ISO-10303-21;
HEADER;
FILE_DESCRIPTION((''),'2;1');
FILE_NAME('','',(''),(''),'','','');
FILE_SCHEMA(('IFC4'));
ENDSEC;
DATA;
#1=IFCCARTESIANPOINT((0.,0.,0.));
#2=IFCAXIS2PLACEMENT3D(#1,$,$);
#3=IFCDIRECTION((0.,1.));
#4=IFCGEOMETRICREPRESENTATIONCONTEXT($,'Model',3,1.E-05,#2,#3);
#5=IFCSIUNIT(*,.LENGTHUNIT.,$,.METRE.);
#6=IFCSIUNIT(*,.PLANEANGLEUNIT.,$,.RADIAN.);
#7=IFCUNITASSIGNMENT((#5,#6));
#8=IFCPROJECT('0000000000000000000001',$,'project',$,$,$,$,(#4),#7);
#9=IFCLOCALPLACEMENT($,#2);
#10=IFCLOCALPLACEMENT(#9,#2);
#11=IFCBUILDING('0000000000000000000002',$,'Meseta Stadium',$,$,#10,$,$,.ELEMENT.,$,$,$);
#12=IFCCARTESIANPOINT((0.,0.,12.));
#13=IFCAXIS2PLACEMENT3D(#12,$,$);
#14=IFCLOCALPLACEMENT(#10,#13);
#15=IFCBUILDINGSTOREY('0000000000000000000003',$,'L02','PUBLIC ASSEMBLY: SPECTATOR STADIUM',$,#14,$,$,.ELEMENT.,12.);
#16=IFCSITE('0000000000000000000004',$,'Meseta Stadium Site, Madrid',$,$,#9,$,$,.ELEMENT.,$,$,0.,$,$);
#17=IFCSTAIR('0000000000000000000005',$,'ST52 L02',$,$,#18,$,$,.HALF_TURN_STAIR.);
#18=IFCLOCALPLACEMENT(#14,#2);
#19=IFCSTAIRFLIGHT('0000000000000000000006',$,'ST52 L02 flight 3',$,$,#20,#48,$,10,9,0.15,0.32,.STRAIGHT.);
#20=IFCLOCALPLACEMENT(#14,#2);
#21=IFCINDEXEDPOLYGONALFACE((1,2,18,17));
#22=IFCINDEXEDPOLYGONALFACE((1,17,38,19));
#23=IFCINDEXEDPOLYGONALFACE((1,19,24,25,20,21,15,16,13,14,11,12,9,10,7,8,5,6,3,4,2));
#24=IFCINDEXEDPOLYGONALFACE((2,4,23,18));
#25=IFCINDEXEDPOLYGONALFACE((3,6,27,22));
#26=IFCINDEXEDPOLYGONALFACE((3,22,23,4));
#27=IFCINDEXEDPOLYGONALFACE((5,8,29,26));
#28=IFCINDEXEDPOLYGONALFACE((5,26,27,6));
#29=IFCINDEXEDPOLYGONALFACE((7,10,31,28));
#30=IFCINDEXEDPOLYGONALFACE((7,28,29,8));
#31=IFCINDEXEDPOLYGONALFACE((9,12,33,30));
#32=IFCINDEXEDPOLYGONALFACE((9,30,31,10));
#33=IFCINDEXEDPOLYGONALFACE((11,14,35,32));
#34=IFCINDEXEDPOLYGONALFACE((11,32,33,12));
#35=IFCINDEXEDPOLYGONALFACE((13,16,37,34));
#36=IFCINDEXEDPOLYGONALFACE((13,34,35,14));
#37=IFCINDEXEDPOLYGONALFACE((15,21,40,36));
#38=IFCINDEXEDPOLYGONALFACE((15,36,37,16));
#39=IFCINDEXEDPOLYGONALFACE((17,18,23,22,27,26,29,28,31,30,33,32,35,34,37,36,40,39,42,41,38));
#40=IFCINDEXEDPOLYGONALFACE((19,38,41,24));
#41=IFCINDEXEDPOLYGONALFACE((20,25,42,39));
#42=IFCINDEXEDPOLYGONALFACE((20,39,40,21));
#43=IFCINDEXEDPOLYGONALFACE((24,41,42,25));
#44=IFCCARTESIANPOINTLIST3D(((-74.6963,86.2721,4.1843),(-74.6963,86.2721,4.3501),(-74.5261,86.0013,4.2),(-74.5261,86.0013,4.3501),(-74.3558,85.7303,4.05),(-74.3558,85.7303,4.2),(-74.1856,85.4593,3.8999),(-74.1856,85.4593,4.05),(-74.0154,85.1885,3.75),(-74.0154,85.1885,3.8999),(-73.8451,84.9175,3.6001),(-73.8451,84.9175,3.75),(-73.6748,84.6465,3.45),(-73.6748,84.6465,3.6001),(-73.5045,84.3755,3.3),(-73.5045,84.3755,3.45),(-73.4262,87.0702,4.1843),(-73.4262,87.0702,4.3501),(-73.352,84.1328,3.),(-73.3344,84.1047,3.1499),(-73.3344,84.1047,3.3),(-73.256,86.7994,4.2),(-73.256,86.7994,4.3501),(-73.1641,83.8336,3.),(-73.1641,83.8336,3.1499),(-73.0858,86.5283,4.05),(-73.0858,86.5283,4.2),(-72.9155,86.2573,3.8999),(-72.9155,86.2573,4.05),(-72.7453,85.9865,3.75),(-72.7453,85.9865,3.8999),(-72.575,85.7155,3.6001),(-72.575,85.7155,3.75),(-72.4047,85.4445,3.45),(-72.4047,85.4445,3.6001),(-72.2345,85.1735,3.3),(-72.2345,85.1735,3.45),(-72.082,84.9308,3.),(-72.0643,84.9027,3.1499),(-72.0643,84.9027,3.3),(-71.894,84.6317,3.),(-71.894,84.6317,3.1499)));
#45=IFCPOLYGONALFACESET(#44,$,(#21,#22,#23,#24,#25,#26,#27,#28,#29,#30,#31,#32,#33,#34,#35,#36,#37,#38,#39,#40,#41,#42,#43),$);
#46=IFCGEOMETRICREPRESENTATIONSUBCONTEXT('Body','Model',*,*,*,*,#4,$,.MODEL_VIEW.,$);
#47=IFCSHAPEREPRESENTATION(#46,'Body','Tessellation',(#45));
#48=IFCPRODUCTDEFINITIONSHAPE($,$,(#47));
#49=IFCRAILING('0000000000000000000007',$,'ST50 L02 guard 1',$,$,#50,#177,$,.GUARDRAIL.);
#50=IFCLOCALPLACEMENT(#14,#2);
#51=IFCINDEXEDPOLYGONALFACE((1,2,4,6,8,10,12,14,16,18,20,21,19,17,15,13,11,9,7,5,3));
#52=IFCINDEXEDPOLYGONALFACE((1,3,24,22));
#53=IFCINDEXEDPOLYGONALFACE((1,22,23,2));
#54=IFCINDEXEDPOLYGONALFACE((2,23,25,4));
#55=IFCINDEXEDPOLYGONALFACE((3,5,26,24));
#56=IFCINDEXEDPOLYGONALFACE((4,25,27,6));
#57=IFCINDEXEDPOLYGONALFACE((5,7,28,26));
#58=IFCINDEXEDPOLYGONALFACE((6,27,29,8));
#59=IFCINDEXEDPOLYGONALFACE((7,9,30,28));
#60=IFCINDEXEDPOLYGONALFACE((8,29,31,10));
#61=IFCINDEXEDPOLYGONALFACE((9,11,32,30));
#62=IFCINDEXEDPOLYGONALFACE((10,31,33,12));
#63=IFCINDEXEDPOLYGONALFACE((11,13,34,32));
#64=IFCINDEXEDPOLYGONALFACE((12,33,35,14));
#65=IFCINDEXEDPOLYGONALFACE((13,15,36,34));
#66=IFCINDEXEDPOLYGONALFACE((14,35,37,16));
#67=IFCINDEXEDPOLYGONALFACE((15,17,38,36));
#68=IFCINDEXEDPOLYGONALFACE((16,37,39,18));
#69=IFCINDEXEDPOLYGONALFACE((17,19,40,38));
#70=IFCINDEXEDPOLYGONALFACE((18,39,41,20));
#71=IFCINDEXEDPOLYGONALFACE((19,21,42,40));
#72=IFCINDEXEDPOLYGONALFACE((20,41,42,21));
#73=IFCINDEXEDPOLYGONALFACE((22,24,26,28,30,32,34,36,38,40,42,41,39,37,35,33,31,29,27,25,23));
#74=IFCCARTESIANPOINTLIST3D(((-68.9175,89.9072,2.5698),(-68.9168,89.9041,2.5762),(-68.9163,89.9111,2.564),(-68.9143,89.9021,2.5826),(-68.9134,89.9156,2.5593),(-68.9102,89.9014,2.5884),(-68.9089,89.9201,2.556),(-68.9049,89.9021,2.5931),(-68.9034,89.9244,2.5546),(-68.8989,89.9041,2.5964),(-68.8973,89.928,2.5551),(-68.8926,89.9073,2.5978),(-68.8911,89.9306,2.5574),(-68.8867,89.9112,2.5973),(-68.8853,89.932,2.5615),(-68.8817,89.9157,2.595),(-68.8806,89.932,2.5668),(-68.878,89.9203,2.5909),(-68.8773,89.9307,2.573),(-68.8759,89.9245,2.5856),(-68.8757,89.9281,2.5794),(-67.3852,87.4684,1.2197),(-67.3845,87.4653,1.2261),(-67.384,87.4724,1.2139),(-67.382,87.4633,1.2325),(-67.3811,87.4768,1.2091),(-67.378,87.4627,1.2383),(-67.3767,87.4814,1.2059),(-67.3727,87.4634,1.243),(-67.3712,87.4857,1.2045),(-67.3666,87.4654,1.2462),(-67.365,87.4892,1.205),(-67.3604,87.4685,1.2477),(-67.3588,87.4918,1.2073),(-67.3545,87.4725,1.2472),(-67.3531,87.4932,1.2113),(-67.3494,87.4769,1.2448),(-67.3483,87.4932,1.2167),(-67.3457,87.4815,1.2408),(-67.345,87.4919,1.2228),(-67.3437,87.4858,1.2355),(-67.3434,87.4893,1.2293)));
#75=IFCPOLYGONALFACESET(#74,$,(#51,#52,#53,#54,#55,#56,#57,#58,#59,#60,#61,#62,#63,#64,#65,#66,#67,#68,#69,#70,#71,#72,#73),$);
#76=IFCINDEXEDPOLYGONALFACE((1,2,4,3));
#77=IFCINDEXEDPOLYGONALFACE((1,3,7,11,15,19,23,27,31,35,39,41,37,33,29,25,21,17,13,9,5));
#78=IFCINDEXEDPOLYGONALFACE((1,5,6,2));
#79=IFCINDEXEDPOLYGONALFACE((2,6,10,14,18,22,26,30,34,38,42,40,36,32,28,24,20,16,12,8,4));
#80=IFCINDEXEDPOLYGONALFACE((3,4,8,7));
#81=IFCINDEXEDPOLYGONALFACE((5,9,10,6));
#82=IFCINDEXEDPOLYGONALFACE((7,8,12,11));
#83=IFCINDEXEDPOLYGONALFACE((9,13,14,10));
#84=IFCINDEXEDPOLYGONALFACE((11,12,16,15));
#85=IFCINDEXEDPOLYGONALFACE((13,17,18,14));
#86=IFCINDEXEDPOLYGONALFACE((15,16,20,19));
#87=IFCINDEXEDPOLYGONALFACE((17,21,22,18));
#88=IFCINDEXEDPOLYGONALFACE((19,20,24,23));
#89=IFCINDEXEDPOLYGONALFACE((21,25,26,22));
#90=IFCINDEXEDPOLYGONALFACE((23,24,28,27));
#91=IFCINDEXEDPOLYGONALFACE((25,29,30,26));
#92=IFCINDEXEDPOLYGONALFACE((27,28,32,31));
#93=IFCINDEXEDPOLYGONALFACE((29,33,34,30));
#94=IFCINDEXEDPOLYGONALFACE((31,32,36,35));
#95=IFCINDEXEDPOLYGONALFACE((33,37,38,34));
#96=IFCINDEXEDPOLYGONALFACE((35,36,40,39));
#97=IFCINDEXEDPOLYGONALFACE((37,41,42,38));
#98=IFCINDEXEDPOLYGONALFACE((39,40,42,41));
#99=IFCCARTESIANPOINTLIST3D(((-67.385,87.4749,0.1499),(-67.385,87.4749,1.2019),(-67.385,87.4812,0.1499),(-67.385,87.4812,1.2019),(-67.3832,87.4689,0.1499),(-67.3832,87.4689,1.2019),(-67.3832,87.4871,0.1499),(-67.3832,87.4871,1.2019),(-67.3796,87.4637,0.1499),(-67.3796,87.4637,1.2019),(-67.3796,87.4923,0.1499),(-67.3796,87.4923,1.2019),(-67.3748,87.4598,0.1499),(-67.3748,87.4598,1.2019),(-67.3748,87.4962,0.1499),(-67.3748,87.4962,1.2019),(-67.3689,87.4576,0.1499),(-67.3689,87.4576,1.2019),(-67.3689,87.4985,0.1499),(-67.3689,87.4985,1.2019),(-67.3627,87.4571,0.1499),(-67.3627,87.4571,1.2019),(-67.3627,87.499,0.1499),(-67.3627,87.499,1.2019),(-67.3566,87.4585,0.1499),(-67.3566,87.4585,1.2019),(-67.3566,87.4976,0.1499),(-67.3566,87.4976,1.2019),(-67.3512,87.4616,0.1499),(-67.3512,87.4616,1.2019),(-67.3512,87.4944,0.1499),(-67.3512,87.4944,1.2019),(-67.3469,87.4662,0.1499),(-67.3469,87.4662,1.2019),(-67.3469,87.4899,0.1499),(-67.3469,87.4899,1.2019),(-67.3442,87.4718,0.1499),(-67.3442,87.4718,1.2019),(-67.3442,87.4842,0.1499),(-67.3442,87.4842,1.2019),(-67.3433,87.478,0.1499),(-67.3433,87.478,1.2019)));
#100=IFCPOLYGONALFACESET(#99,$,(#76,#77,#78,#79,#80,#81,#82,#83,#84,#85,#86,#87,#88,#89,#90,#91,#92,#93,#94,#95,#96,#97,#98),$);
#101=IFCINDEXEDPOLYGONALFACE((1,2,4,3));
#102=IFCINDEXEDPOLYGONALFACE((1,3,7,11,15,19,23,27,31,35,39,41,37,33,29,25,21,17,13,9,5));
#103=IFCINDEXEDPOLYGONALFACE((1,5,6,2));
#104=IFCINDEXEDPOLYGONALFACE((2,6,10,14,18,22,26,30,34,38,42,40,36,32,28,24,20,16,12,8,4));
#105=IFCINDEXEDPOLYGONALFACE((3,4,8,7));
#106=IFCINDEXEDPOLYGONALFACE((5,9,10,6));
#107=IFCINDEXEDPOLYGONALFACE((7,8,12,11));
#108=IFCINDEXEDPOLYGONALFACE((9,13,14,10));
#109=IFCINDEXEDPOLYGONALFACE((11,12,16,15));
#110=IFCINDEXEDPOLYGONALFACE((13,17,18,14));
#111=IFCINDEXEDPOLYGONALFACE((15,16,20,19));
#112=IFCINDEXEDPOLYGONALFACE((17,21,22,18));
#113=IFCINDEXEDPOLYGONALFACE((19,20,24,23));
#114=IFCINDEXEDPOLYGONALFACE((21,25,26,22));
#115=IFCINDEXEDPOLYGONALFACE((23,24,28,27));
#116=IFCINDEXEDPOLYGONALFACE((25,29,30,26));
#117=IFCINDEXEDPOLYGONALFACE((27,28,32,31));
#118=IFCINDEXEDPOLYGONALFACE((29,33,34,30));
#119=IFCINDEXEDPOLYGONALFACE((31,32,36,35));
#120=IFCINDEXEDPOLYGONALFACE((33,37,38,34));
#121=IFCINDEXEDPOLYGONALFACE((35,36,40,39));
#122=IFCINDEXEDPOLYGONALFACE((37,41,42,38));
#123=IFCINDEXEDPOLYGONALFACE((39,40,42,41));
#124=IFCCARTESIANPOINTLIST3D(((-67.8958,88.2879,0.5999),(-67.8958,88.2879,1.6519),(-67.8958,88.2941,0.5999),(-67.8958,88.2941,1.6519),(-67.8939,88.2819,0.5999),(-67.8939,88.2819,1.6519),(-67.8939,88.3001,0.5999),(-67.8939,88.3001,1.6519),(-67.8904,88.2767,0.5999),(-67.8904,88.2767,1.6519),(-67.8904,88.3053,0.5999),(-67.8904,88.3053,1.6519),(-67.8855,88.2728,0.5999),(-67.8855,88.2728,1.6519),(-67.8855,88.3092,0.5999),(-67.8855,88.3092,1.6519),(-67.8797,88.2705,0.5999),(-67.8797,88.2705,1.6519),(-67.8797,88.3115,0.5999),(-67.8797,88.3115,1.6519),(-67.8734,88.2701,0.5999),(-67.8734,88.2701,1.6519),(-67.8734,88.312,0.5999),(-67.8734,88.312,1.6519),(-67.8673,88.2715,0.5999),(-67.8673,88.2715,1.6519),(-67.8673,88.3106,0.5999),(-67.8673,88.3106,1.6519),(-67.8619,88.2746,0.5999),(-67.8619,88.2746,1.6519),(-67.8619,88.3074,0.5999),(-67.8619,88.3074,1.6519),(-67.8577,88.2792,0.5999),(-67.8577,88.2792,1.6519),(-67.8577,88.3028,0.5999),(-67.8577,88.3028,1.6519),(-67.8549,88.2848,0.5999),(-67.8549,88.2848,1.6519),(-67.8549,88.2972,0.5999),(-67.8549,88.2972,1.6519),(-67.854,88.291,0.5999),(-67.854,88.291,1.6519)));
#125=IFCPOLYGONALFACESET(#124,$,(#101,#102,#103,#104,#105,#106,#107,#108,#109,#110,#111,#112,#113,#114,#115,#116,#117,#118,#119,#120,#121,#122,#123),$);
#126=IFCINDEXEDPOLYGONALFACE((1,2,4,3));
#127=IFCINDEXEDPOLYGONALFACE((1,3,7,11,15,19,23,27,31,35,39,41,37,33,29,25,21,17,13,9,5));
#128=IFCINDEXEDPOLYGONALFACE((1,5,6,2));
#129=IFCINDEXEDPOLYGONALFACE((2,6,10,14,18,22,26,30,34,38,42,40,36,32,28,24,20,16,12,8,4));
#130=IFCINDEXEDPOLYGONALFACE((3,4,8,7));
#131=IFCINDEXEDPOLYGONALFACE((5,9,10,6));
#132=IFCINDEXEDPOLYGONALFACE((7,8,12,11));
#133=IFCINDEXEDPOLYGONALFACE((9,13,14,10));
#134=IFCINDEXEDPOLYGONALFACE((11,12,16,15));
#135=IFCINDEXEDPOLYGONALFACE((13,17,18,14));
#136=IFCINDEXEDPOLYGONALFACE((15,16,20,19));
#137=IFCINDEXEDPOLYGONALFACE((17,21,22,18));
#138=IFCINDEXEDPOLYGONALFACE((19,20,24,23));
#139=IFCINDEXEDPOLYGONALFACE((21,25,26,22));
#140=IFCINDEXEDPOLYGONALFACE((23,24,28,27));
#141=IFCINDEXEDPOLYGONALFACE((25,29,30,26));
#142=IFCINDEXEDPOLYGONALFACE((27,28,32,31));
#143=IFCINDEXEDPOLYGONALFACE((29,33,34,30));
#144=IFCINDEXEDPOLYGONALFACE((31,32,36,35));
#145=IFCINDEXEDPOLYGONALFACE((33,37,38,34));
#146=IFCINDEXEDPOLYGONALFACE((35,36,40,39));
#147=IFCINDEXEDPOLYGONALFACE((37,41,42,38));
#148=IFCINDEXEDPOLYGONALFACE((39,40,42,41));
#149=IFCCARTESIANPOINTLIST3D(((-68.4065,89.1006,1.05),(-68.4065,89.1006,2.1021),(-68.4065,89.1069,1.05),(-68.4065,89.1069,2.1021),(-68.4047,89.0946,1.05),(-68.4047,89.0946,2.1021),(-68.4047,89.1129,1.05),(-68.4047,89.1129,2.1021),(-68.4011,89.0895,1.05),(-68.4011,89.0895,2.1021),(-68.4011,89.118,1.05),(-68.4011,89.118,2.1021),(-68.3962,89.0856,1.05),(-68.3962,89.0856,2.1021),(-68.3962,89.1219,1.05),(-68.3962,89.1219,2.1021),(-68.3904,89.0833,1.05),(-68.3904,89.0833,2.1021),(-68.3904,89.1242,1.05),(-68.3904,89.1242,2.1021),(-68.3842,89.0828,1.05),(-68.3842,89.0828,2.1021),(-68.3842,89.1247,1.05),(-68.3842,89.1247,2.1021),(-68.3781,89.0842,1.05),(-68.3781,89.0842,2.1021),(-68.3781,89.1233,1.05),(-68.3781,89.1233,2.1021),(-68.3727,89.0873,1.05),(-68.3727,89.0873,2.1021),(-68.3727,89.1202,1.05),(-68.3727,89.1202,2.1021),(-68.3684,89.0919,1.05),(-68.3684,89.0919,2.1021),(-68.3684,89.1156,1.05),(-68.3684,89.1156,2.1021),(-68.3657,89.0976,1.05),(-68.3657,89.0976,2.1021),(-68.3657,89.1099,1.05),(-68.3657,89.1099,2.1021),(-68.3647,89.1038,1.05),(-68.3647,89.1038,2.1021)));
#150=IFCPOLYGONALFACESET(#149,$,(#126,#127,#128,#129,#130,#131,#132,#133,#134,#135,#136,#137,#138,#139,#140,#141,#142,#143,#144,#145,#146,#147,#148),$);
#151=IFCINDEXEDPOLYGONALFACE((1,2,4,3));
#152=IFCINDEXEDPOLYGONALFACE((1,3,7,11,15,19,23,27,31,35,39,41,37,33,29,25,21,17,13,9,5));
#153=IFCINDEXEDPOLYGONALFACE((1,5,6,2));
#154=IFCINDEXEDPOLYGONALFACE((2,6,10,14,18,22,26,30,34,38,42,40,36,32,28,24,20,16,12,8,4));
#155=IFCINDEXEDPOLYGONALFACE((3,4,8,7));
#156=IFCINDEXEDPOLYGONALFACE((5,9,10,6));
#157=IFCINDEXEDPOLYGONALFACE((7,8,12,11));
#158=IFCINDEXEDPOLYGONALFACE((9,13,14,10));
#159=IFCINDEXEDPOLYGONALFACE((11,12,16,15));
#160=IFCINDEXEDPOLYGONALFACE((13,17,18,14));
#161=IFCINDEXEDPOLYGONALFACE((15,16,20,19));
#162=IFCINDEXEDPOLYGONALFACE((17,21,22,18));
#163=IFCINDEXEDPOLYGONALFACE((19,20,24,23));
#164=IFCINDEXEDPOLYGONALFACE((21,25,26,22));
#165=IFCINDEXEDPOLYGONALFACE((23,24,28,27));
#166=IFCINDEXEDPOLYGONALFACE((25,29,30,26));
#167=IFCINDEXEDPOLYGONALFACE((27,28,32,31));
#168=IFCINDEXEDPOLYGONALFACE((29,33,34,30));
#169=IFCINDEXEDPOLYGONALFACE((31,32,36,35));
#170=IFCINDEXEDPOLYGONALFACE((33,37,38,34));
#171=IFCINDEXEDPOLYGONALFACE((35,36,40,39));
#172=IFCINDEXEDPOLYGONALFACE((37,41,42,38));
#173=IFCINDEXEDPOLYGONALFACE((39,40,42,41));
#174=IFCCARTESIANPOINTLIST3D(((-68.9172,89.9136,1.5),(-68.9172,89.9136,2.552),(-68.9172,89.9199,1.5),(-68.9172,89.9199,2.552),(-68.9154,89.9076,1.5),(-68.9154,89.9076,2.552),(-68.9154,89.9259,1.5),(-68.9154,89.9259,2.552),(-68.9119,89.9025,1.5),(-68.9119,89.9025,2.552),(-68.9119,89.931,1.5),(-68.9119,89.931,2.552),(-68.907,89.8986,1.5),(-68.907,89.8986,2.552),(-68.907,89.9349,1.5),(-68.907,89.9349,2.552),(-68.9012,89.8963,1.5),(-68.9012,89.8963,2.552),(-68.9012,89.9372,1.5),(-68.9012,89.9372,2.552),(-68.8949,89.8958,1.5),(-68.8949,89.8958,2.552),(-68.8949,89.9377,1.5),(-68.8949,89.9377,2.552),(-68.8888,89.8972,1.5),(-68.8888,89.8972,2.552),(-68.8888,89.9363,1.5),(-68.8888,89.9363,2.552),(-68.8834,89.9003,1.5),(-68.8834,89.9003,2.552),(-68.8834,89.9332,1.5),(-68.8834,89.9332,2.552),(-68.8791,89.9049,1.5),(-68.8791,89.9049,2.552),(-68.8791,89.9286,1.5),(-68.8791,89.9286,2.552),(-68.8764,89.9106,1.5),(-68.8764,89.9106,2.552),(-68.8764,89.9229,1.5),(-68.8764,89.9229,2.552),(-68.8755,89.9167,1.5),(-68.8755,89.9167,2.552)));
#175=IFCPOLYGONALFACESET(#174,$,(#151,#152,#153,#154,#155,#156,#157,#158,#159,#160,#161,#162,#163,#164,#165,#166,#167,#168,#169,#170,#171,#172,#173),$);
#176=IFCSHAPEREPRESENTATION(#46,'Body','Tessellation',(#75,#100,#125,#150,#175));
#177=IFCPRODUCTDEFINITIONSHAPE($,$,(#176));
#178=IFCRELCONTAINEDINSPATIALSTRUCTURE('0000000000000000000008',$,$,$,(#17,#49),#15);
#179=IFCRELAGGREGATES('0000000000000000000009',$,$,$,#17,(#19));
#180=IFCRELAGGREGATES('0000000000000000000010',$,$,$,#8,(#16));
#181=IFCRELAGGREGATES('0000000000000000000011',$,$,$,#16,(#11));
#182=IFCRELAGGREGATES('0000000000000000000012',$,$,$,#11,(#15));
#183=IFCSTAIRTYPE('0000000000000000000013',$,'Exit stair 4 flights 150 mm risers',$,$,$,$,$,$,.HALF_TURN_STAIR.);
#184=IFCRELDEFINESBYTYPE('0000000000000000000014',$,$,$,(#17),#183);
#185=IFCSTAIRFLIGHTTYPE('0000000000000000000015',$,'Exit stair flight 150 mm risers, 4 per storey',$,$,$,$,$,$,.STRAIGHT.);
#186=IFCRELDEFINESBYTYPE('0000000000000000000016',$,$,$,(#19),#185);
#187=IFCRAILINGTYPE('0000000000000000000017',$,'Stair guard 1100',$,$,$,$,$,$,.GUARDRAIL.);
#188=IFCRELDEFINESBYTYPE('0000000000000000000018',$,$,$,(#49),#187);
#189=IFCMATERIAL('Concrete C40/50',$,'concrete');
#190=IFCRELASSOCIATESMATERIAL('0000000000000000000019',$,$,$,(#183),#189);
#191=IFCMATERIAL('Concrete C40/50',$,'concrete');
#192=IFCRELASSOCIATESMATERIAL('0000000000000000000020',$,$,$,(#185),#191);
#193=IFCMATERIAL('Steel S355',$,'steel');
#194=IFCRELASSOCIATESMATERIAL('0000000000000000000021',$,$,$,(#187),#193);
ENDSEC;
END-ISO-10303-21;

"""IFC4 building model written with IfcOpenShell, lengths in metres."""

from ifc_helpers import new_model, si_unit, direction, frame, origin, origin_2d, place, context, subcontext, project, spatial, polyline, circle, outline, extrude, material, type_object, element, aggregate, save


model = new_model("IFC4")

# Units and contexts
model_context = context("Model", 3, precision=1e-05, world=origin(), true_north=direction((0.0, 1.0)))
body_context = subcontext(model_context, "Body", "Model", "MODEL_VIEW")
ifc_project = project(units=[si_unit("LENGTHUNIT", "METRE"), si_unit("PLANEANGLEUNIT", "RADIAN")], contexts=[model_context])

# Site, building, storey
site_placement = place(None, origin())
site = spatial("IfcSite", under=ifc_project, at=site_placement, Name="Meseta Stadium Site, Madrid", CompositionType="ELEMENT", RefElevation=0.0)
building_placement = place(site_placement, origin())
building = spatial("IfcBuilding", under=site, at=building_placement, Name="Meseta Stadium", CompositionType="ELEMENT")
storey_placement = place(building_placement, frame((0.0, 0.0, 12.0)))
storey = spatial("IfcBuildingStorey", under=building, at=storey_placement, Name="L02", Description="PUBLIC ASSEMBLY: SPECTATOR STADIUM", CompositionType="ELEMENT", Elevation=12.0)

# Stair, stair flight
ifc_material_1 = material(Name="Concrete C40/50", Category="concrete")
stair_type = type_object("IfcStairType", Name="Exit stair 4 flights 150 mm risers", PredefinedType="HALF_TURN_STAIR", material=ifc_material_1)
ifc_material_2 = material(Name="Concrete C40/50", Category="concrete")
stair_flight_type = type_object("IfcStairFlightType", Name="Exit stair flight 150 mm risers, 4 per storey", PredefinedType="STRAIGHT", material=ifc_material_2)
stair_1_placement = place(storey_placement, origin())
stair_1 = element("IfcStair", 1, at=stair_1_placement, inside=storey, type_object=stair_type, Name="ST52 L02", PredefinedType="HALF_TURN_STAIR")
stair_flight_1_placement = place(storey_placement, frame((-72.5291, 84.2327, 3.0), z_axis=(0.0, 0.0, 1.0), x_axis=(-0.532032, 0.846724, 0.0)))
stair_flight_1 = element("IfcStairFlight", 2, at=stair_flight_1_placement, type_object=stair_flight_type, Name="ST52 L02 flight 3", NumberOfRisers=10, NumberOfTreads=9, PredefinedType="STRAIGHT", RiserHeight=0.15, TreadLength=0.32, context=body_context, shape_type="SweptSolid", body=[
    extrude(outline(polyline([(0.0, 0.0), (0.0, 0.1499), (0.3201, 0.1499), (0.3201, 0.3), (0.6399, 0.3), (0.6399, 0.45), (0.96, 0.45), (0.96, 0.6001), (1.28, 0.6001), (1.28, 0.75), (1.6001, 0.75), (1.6001, 0.8999), (1.9199, 0.8999), (1.9199, 1.05), (2.24, 1.05), (2.24, 1.2), (2.5601, 1.2), (2.5601, 1.3501), (2.8799, 1.3501), (2.8799, 1.1843), (0.3533, 0.0), (0.0, 0.0)])), frame((0.0, 0.75, 0.0), z_axis=(0.0, -1.0, 0.0), x_axis=(1.0, 0.0, 0.0)), (0.0, 0.0, 1.0), 1.5),
])
aggregate(stair_1, [stair_flight_1])

# Railing
ifc_material_3 = material(Name="Steel S355", Category="steel")
railing_type_1 = type_object("IfcRailingType", Name="Stair guard 1100", PredefinedType="GUARDRAIL", material=ifc_material_3)
railing_1_placement = place(storey_placement, frame((-67.3643, 87.478, 0.1499)))
element("IfcRailing", 3, at=railing_1_placement, inside=storey, type_object=railing_type_1, Name="ST50 L02 guard 1", PredefinedType="GUARDRAIL", context=body_context, shape_type="SweptSolid", body=[
    extrude(circle(Radius=0.0239, at=origin_2d()), frame((0.0, 0.0, 1.0762), z_axis=(-0.481703, 0.766687, 0.424445), x_axis=(-0.846743, -0.532001, 0.0)), (0.0, 0.0, 1.0), 3.1809),
    extrude(circle(Radius=0.021, at=origin_2d()), origin(), (0.0, 0.0, 1.0), 1.052),
    extrude(circle(Radius=0.021, at=origin_2d()), frame((-0.5107, 0.813, 0.45)), (0.0, 0.0, 1.0), 1.052),
    extrude(circle(Radius=0.021, at=origin_2d()), frame((-1.0215, 1.6257, 0.9001)), (0.0, 0.0, 1.0), 1.052),
    extrude(circle(Radius=0.021, at=origin_2d()), frame((-1.5322, 2.4387, 1.3501)), (0.0, 0.0, 1.0), 1.052),
])

save(model, "model.ifc")
